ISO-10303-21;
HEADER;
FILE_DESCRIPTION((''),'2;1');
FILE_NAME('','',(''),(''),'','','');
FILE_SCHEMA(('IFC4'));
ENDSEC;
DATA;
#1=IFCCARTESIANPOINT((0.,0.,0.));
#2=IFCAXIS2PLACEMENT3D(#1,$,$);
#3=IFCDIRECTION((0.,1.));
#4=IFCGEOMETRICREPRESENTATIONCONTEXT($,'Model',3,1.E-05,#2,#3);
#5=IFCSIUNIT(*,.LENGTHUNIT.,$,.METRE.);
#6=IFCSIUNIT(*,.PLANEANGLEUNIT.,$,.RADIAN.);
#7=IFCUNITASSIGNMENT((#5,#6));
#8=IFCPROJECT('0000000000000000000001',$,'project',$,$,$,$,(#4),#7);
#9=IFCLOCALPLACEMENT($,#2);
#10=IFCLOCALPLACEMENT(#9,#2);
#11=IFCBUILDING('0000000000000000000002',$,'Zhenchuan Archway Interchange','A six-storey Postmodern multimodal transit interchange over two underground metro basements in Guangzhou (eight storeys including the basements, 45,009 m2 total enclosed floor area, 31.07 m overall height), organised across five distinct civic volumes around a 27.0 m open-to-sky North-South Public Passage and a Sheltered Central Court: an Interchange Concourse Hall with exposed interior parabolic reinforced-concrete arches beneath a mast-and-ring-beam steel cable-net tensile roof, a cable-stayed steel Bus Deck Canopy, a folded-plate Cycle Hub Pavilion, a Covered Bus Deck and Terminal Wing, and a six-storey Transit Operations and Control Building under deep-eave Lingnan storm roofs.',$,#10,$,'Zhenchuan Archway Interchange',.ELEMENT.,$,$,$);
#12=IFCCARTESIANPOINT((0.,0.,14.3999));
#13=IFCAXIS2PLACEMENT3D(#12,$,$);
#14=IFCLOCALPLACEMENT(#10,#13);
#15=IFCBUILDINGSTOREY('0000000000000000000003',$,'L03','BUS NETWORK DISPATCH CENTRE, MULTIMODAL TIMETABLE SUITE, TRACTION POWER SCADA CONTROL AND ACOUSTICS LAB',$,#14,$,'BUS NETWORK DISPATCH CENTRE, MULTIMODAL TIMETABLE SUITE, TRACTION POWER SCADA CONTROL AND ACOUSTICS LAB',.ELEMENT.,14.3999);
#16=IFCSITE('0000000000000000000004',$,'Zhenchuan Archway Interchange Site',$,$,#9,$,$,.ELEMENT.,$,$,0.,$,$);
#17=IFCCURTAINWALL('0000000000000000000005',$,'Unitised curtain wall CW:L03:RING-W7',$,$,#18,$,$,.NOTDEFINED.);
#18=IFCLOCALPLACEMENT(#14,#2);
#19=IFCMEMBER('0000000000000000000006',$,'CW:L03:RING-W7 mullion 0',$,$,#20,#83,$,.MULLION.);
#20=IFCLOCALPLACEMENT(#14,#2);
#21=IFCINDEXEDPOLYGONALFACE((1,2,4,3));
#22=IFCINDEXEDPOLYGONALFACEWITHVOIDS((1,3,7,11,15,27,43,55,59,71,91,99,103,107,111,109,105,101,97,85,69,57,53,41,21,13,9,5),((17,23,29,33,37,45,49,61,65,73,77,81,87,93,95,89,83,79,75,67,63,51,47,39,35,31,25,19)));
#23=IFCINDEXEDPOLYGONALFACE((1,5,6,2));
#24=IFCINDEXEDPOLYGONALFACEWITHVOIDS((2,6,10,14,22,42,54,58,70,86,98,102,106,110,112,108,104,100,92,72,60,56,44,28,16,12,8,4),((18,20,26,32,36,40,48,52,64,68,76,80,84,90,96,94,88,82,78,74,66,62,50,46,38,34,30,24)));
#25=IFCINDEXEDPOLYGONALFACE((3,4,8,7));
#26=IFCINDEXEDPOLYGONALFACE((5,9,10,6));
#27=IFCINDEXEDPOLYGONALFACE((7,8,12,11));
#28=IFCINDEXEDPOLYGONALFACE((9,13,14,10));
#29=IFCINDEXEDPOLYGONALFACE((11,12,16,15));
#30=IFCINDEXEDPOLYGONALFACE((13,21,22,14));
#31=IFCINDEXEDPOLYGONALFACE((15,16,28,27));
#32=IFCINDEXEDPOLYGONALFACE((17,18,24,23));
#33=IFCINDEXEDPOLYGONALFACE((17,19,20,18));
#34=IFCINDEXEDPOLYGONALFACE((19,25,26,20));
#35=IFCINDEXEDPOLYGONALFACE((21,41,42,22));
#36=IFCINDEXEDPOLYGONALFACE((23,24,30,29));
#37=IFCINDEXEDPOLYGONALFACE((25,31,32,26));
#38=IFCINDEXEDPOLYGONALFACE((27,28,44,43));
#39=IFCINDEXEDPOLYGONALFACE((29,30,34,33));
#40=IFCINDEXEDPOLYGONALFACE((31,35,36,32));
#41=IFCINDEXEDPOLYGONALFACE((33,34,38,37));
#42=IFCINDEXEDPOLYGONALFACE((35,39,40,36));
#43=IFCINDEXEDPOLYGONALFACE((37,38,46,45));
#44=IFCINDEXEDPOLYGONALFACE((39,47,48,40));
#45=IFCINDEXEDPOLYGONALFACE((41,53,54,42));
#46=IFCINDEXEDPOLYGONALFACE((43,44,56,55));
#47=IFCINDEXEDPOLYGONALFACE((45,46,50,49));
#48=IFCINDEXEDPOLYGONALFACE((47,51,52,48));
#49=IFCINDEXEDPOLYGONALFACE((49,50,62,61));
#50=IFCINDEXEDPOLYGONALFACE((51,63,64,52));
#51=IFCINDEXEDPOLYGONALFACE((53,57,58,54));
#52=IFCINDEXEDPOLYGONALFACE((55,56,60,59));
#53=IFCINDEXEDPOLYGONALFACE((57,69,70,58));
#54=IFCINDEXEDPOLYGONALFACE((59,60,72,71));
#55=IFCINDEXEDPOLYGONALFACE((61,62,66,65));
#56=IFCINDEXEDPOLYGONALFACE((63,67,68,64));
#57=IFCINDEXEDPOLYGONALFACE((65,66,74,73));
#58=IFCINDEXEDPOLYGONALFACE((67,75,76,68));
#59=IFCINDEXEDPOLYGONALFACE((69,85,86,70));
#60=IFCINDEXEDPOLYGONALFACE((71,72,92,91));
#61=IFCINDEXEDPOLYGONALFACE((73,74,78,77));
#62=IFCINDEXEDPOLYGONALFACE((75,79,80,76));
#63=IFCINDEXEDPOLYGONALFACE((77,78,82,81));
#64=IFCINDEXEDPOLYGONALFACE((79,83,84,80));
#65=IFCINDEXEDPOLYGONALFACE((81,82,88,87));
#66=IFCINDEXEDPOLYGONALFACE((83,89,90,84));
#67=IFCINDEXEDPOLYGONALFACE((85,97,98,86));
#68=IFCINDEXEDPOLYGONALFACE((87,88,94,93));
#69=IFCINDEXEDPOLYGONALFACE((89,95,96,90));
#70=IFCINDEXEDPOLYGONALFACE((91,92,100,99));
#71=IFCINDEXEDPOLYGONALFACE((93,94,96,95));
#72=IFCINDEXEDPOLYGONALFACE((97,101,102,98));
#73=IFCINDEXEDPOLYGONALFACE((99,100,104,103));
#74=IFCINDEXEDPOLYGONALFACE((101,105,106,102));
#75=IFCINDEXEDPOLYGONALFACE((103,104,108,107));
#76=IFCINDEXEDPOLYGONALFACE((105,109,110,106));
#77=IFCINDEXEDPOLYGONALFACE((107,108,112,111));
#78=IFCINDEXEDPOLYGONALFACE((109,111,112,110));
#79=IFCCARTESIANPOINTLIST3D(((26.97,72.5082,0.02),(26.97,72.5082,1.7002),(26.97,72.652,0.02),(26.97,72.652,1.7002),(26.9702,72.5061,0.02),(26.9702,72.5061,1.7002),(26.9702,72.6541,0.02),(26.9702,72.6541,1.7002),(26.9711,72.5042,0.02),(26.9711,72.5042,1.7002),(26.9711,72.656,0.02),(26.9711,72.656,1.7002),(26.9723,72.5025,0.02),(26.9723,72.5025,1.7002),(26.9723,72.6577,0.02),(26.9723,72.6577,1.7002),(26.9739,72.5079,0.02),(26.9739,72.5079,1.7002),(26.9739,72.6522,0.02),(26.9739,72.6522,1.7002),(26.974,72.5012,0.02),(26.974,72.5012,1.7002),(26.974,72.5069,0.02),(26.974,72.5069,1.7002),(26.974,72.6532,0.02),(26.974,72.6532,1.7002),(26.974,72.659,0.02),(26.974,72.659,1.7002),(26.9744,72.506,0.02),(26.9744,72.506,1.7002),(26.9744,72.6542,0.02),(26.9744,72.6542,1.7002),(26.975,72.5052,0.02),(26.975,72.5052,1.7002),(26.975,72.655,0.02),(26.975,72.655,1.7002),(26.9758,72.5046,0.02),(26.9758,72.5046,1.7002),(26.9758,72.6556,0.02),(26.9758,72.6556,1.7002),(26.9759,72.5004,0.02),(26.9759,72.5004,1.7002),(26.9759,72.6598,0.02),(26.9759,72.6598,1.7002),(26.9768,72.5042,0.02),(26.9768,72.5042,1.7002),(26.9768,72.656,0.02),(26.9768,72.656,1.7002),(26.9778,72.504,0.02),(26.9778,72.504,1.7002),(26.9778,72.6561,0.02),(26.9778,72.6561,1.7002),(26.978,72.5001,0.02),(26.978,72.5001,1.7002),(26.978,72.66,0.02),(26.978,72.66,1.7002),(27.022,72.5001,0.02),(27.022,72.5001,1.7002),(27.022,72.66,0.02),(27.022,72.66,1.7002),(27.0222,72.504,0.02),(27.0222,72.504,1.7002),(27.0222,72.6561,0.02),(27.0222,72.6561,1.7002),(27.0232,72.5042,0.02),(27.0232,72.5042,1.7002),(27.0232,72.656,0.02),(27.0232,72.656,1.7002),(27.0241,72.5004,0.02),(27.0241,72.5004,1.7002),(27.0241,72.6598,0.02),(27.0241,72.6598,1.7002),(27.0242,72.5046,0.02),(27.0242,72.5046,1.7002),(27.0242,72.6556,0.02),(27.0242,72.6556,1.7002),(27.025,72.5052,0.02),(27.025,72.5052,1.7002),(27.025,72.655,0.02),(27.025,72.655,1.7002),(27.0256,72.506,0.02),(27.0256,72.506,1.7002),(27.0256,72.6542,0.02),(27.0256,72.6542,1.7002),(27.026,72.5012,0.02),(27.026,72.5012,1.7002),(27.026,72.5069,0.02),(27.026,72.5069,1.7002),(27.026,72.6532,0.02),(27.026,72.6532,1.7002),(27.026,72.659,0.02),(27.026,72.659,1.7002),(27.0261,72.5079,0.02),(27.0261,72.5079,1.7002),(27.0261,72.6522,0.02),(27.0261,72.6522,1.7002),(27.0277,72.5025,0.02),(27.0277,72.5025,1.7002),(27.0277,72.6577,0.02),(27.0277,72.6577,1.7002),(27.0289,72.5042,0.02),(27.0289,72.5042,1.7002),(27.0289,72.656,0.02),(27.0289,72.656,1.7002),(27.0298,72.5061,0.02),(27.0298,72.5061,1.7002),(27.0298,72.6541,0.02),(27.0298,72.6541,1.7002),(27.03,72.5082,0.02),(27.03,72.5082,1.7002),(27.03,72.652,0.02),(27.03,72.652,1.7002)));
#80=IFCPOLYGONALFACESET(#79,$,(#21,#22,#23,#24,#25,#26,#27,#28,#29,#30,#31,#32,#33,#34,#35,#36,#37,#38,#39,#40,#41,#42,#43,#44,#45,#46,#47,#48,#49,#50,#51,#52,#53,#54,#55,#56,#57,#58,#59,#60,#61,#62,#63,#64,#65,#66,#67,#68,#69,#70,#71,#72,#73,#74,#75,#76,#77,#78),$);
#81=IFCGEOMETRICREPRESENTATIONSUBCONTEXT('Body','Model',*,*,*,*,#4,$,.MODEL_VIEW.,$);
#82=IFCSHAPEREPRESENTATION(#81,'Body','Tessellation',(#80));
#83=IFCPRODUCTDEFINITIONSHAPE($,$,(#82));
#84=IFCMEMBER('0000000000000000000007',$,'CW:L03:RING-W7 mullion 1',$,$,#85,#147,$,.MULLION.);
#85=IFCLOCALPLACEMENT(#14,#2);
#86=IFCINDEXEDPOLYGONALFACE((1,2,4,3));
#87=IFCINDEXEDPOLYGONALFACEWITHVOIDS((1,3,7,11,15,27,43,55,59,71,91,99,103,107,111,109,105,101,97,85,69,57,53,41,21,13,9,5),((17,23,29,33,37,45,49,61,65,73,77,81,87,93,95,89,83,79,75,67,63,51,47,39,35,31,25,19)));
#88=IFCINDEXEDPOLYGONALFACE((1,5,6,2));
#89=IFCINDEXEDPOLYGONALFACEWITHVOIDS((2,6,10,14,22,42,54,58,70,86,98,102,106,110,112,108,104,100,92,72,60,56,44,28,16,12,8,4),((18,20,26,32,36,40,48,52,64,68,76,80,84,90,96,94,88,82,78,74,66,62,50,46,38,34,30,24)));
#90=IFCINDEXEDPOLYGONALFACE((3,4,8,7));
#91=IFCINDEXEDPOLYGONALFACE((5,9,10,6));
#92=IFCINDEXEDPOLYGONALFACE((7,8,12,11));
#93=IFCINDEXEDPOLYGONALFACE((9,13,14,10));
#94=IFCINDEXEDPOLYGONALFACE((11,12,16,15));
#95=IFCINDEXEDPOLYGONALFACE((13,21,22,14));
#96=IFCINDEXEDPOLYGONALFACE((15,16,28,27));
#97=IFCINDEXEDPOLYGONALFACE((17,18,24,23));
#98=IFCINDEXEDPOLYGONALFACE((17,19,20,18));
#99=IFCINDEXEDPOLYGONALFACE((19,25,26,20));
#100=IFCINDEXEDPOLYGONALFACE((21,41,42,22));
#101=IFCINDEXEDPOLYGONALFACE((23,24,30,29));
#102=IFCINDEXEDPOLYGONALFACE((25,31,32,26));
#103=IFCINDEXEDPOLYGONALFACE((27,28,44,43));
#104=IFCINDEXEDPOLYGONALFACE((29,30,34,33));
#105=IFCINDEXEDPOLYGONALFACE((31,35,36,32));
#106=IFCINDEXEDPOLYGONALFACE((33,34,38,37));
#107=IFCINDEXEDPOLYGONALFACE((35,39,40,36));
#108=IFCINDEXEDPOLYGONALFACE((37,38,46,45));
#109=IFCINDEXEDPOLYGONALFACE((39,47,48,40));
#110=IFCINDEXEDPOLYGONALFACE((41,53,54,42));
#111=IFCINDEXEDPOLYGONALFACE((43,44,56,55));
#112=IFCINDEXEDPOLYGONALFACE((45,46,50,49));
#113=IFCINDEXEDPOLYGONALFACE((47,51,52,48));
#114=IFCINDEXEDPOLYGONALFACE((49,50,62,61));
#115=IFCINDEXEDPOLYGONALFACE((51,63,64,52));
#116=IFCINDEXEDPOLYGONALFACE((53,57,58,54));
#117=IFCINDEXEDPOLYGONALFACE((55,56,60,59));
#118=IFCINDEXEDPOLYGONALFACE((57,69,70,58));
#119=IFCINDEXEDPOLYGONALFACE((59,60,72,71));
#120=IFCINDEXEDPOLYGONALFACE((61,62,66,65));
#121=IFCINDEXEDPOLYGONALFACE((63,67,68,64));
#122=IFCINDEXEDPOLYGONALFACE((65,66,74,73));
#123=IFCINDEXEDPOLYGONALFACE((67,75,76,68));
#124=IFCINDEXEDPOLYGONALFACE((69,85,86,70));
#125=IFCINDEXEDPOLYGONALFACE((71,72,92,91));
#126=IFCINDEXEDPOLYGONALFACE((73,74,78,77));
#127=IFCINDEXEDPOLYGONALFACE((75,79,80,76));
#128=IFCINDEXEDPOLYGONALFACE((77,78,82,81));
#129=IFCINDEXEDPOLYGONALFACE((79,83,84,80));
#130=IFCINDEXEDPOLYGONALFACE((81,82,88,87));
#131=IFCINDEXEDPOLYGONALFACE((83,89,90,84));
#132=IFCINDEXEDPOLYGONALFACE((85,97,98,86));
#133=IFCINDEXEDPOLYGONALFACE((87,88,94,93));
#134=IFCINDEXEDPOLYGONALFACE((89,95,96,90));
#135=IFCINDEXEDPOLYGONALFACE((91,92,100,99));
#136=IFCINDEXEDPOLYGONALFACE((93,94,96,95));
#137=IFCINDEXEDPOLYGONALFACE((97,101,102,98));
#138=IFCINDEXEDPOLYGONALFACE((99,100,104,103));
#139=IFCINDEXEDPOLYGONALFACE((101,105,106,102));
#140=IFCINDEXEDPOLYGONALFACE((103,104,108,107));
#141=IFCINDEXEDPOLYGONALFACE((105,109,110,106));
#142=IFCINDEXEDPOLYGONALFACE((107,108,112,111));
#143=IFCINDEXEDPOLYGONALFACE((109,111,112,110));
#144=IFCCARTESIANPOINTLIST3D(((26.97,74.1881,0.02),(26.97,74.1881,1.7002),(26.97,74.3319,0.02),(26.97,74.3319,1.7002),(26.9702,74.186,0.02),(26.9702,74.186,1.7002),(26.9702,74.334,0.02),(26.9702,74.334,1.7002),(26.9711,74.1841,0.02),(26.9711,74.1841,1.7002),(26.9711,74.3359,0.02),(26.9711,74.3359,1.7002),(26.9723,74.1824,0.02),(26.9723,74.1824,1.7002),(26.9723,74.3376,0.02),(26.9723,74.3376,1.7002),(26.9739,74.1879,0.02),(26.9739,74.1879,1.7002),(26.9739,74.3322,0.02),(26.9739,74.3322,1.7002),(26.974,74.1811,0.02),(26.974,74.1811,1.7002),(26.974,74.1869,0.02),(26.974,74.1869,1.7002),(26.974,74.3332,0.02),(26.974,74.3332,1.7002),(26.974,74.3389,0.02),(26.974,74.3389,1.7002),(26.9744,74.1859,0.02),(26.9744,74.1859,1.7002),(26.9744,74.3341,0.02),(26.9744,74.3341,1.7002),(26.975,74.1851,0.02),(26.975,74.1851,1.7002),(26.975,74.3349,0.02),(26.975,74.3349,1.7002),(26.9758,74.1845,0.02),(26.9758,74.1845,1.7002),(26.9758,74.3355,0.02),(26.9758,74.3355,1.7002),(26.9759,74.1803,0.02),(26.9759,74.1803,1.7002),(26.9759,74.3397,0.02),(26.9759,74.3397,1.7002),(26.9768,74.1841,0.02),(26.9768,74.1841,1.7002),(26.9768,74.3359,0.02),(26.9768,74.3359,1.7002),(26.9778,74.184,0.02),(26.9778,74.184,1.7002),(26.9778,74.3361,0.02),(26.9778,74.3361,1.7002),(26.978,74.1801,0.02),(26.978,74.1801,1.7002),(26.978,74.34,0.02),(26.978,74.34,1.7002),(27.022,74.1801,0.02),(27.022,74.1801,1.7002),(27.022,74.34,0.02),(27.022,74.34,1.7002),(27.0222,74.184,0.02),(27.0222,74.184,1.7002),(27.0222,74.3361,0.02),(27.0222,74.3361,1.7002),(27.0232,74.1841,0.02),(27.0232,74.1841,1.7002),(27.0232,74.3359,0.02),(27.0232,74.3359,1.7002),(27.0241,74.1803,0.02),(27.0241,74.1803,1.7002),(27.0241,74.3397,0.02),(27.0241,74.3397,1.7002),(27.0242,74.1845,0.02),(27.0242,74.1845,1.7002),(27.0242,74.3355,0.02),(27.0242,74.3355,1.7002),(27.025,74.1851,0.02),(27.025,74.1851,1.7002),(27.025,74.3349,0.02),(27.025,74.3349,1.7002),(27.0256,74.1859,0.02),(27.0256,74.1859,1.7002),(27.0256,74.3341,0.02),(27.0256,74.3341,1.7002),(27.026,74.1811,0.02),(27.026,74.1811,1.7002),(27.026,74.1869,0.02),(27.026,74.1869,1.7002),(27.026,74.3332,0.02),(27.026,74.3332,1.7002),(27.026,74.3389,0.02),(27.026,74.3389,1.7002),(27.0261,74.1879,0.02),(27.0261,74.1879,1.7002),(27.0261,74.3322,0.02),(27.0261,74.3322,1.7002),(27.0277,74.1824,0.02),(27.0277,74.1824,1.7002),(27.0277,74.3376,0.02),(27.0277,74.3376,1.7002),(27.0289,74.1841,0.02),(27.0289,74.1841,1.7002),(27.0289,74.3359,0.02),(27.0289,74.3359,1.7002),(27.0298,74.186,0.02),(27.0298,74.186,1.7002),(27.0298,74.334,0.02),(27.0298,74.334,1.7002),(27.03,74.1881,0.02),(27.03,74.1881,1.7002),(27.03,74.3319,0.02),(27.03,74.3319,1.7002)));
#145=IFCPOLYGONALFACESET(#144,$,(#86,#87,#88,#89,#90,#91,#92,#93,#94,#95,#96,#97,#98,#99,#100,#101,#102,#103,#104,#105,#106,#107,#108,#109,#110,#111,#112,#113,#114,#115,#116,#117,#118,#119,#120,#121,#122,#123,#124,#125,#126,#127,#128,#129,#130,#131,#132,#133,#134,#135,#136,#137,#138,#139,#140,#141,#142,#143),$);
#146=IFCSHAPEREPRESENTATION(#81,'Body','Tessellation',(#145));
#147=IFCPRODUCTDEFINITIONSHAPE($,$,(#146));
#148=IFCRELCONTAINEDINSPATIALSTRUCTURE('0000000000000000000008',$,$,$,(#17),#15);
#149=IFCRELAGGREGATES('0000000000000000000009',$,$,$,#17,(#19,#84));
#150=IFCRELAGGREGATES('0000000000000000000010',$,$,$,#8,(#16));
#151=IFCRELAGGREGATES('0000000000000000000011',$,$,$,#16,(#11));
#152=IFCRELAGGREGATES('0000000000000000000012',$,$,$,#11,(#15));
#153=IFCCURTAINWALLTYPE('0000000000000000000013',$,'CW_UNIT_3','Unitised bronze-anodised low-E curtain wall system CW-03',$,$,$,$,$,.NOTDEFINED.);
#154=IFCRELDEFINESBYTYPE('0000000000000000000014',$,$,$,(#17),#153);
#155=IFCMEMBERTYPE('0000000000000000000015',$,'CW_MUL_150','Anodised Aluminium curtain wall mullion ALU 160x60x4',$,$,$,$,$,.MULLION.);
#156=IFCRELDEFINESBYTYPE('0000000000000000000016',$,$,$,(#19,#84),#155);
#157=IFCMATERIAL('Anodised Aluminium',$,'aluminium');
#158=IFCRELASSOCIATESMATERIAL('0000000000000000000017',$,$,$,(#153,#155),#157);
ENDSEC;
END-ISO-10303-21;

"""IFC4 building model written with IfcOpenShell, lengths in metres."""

from ifc_helpers import new_model, si_unit, direction, frame, origin, origin_2d, place, context, subcontext, project, spatial, hollow_rectangle, extrude, material, material_profile, profile_set, type_object, element, aggregate, save


model = new_model("IFC4")

# Units and contexts
model_context = context("Model", 3, precision=1e-05, world=origin(), true_north=direction((0.0, 1.0)))
body_context = subcontext(model_context, "Body", "Model", "MODEL_VIEW")
ifc_project = project(units=[si_unit("LENGTHUNIT", "METRE"), si_unit("PLANEANGLEUNIT", "RADIAN")], contexts=[model_context])

# Site, building, storey
site_placement = place(None, origin())
site = spatial("IfcSite", under=ifc_project, at=site_placement, Name="Zhenchuan Archway Interchange Site", CompositionType="ELEMENT", RefElevation=0.0)
building_placement = place(site_placement, origin())
building = spatial("IfcBuilding", under=site, at=building_placement, Name="Zhenchuan Archway Interchange", Description="A six-storey Postmodern multimodal transit interchange over two underground metro basements in Guangzhou (eight storeys including the basements, 45,009 m2 total enclosed floor area, 31.07 m overall height), organised across five distinct civic volumes around a 27.0 m open-to-sky North-South Public Passage and a Sheltered Central Court: an Interchange Concourse Hall with exposed interior parabolic reinforced-concrete arches beneath a mast-and-ring-beam steel cable-net tensile roof, a cable-stayed steel Bus Deck Canopy, a folded-plate Cycle Hub Pavilion, a Covered Bus Deck and Terminal Wing, and a six-storey Transit Operations and Control Building under deep-eave Lingnan storm roofs.", LongName="Zhenchuan Archway Interchange", CompositionType="ELEMENT")
storey_placement = place(building_placement, frame((0.0, 0.0, 14.3999)))
storey = spatial("IfcBuildingStorey", under=building, at=storey_placement, Name="L03", Description="BUS NETWORK DISPATCH CENTRE, MULTIMODAL TIMETABLE SUITE, TRACTION POWER SCADA CONTROL AND ACOUSTICS LAB", LongName="BUS NETWORK DISPATCH CENTRE, MULTIMODAL TIMETABLE SUITE, TRACTION POWER SCADA CONTROL AND ACOUSTICS LAB", CompositionType="ELEMENT", Elevation=14.3999)

# Curtain wall, members
ifc_material_1 = material(Name="Anodised Aluminium", Category="aluminium")
curtain_wall_type = type_object("IfcCurtainWallType", Name="CW_UNIT_3", Description="Unitised bronze-anodised low-E curtain wall system CW-03", PredefinedType="NOTDEFINED", material=ifc_material_1)
curtain_wall_placement = place(storey_placement, origin())
curtain_wall = element("IfcCurtainWall", 1, at=curtain_wall_placement, inside=storey, type_object=curtain_wall_type, Name="Unitised curtain wall CW:L03:RING-W7", PredefinedType="NOTDEFINED")
ifc_material_profile_1 = material_profile(ifc_material_1, hollow_rectangle(XDim=0.0601, YDim=0.1599, WallThickness=0.0039, InnerFilletRadius=0.0039, OuterFilletRadius=0.0081, at=origin_2d()), Name="ALU 160x60x4")
ifc_profile_set_1 = profile_set([ifc_material_profile_1], Name="Anodised Aluminium")
member_type_1 = type_object("IfcMemberType", Name="CW_MUL_150", Description="Anodised Aluminium curtain wall mullion ALU 160x60x4", PredefinedType="MULLION", material=ifc_profile_set_1)
member_1_placement = place(storey_placement, frame((27.0, 72.5801, 0.02), z_axis=(0.0, 0.0, 1.0), x_axis=(1.0, 0.0, 0.0)))
member_1 = element("IfcMember", 2, at=member_1_placement, type_object=member_type_1, Name="CW:L03:RING-W7 mullion 0", PredefinedType="MULLION", context=body_context, shape_type="SweptSolid", body=[
    extrude(hollow_rectangle(XDim=0.0601, YDim=0.1599, WallThickness=0.0039, InnerFilletRadius=0.0039, OuterFilletRadius=0.0081, at=origin_2d()), origin(), (0.0, 0.0, 1.0), 1.6802),
])
member_2_placement = place(storey_placement, frame((27.0, 74.26, 0.02), z_axis=(0.0, 0.0, 1.0), x_axis=(1.0, 0.0, 0.0)))
member_2 = element("IfcMember", 3, at=member_2_placement, type_object=member_type_1, Name="CW:L03:RING-W7 mullion 1", PredefinedType="MULLION", context=body_context, shape_type="SweptSolid", body=[
    extrude(hollow_rectangle(XDim=0.0601, YDim=0.1599, WallThickness=0.0039, InnerFilletRadius=0.0039, OuterFilletRadius=0.0081, at=origin_2d()), origin(), (0.0, 0.0, 1.0), 1.6802),
])

aggregate(curtain_wall, [member_1, member_2])

save(model, "model.ifc")
